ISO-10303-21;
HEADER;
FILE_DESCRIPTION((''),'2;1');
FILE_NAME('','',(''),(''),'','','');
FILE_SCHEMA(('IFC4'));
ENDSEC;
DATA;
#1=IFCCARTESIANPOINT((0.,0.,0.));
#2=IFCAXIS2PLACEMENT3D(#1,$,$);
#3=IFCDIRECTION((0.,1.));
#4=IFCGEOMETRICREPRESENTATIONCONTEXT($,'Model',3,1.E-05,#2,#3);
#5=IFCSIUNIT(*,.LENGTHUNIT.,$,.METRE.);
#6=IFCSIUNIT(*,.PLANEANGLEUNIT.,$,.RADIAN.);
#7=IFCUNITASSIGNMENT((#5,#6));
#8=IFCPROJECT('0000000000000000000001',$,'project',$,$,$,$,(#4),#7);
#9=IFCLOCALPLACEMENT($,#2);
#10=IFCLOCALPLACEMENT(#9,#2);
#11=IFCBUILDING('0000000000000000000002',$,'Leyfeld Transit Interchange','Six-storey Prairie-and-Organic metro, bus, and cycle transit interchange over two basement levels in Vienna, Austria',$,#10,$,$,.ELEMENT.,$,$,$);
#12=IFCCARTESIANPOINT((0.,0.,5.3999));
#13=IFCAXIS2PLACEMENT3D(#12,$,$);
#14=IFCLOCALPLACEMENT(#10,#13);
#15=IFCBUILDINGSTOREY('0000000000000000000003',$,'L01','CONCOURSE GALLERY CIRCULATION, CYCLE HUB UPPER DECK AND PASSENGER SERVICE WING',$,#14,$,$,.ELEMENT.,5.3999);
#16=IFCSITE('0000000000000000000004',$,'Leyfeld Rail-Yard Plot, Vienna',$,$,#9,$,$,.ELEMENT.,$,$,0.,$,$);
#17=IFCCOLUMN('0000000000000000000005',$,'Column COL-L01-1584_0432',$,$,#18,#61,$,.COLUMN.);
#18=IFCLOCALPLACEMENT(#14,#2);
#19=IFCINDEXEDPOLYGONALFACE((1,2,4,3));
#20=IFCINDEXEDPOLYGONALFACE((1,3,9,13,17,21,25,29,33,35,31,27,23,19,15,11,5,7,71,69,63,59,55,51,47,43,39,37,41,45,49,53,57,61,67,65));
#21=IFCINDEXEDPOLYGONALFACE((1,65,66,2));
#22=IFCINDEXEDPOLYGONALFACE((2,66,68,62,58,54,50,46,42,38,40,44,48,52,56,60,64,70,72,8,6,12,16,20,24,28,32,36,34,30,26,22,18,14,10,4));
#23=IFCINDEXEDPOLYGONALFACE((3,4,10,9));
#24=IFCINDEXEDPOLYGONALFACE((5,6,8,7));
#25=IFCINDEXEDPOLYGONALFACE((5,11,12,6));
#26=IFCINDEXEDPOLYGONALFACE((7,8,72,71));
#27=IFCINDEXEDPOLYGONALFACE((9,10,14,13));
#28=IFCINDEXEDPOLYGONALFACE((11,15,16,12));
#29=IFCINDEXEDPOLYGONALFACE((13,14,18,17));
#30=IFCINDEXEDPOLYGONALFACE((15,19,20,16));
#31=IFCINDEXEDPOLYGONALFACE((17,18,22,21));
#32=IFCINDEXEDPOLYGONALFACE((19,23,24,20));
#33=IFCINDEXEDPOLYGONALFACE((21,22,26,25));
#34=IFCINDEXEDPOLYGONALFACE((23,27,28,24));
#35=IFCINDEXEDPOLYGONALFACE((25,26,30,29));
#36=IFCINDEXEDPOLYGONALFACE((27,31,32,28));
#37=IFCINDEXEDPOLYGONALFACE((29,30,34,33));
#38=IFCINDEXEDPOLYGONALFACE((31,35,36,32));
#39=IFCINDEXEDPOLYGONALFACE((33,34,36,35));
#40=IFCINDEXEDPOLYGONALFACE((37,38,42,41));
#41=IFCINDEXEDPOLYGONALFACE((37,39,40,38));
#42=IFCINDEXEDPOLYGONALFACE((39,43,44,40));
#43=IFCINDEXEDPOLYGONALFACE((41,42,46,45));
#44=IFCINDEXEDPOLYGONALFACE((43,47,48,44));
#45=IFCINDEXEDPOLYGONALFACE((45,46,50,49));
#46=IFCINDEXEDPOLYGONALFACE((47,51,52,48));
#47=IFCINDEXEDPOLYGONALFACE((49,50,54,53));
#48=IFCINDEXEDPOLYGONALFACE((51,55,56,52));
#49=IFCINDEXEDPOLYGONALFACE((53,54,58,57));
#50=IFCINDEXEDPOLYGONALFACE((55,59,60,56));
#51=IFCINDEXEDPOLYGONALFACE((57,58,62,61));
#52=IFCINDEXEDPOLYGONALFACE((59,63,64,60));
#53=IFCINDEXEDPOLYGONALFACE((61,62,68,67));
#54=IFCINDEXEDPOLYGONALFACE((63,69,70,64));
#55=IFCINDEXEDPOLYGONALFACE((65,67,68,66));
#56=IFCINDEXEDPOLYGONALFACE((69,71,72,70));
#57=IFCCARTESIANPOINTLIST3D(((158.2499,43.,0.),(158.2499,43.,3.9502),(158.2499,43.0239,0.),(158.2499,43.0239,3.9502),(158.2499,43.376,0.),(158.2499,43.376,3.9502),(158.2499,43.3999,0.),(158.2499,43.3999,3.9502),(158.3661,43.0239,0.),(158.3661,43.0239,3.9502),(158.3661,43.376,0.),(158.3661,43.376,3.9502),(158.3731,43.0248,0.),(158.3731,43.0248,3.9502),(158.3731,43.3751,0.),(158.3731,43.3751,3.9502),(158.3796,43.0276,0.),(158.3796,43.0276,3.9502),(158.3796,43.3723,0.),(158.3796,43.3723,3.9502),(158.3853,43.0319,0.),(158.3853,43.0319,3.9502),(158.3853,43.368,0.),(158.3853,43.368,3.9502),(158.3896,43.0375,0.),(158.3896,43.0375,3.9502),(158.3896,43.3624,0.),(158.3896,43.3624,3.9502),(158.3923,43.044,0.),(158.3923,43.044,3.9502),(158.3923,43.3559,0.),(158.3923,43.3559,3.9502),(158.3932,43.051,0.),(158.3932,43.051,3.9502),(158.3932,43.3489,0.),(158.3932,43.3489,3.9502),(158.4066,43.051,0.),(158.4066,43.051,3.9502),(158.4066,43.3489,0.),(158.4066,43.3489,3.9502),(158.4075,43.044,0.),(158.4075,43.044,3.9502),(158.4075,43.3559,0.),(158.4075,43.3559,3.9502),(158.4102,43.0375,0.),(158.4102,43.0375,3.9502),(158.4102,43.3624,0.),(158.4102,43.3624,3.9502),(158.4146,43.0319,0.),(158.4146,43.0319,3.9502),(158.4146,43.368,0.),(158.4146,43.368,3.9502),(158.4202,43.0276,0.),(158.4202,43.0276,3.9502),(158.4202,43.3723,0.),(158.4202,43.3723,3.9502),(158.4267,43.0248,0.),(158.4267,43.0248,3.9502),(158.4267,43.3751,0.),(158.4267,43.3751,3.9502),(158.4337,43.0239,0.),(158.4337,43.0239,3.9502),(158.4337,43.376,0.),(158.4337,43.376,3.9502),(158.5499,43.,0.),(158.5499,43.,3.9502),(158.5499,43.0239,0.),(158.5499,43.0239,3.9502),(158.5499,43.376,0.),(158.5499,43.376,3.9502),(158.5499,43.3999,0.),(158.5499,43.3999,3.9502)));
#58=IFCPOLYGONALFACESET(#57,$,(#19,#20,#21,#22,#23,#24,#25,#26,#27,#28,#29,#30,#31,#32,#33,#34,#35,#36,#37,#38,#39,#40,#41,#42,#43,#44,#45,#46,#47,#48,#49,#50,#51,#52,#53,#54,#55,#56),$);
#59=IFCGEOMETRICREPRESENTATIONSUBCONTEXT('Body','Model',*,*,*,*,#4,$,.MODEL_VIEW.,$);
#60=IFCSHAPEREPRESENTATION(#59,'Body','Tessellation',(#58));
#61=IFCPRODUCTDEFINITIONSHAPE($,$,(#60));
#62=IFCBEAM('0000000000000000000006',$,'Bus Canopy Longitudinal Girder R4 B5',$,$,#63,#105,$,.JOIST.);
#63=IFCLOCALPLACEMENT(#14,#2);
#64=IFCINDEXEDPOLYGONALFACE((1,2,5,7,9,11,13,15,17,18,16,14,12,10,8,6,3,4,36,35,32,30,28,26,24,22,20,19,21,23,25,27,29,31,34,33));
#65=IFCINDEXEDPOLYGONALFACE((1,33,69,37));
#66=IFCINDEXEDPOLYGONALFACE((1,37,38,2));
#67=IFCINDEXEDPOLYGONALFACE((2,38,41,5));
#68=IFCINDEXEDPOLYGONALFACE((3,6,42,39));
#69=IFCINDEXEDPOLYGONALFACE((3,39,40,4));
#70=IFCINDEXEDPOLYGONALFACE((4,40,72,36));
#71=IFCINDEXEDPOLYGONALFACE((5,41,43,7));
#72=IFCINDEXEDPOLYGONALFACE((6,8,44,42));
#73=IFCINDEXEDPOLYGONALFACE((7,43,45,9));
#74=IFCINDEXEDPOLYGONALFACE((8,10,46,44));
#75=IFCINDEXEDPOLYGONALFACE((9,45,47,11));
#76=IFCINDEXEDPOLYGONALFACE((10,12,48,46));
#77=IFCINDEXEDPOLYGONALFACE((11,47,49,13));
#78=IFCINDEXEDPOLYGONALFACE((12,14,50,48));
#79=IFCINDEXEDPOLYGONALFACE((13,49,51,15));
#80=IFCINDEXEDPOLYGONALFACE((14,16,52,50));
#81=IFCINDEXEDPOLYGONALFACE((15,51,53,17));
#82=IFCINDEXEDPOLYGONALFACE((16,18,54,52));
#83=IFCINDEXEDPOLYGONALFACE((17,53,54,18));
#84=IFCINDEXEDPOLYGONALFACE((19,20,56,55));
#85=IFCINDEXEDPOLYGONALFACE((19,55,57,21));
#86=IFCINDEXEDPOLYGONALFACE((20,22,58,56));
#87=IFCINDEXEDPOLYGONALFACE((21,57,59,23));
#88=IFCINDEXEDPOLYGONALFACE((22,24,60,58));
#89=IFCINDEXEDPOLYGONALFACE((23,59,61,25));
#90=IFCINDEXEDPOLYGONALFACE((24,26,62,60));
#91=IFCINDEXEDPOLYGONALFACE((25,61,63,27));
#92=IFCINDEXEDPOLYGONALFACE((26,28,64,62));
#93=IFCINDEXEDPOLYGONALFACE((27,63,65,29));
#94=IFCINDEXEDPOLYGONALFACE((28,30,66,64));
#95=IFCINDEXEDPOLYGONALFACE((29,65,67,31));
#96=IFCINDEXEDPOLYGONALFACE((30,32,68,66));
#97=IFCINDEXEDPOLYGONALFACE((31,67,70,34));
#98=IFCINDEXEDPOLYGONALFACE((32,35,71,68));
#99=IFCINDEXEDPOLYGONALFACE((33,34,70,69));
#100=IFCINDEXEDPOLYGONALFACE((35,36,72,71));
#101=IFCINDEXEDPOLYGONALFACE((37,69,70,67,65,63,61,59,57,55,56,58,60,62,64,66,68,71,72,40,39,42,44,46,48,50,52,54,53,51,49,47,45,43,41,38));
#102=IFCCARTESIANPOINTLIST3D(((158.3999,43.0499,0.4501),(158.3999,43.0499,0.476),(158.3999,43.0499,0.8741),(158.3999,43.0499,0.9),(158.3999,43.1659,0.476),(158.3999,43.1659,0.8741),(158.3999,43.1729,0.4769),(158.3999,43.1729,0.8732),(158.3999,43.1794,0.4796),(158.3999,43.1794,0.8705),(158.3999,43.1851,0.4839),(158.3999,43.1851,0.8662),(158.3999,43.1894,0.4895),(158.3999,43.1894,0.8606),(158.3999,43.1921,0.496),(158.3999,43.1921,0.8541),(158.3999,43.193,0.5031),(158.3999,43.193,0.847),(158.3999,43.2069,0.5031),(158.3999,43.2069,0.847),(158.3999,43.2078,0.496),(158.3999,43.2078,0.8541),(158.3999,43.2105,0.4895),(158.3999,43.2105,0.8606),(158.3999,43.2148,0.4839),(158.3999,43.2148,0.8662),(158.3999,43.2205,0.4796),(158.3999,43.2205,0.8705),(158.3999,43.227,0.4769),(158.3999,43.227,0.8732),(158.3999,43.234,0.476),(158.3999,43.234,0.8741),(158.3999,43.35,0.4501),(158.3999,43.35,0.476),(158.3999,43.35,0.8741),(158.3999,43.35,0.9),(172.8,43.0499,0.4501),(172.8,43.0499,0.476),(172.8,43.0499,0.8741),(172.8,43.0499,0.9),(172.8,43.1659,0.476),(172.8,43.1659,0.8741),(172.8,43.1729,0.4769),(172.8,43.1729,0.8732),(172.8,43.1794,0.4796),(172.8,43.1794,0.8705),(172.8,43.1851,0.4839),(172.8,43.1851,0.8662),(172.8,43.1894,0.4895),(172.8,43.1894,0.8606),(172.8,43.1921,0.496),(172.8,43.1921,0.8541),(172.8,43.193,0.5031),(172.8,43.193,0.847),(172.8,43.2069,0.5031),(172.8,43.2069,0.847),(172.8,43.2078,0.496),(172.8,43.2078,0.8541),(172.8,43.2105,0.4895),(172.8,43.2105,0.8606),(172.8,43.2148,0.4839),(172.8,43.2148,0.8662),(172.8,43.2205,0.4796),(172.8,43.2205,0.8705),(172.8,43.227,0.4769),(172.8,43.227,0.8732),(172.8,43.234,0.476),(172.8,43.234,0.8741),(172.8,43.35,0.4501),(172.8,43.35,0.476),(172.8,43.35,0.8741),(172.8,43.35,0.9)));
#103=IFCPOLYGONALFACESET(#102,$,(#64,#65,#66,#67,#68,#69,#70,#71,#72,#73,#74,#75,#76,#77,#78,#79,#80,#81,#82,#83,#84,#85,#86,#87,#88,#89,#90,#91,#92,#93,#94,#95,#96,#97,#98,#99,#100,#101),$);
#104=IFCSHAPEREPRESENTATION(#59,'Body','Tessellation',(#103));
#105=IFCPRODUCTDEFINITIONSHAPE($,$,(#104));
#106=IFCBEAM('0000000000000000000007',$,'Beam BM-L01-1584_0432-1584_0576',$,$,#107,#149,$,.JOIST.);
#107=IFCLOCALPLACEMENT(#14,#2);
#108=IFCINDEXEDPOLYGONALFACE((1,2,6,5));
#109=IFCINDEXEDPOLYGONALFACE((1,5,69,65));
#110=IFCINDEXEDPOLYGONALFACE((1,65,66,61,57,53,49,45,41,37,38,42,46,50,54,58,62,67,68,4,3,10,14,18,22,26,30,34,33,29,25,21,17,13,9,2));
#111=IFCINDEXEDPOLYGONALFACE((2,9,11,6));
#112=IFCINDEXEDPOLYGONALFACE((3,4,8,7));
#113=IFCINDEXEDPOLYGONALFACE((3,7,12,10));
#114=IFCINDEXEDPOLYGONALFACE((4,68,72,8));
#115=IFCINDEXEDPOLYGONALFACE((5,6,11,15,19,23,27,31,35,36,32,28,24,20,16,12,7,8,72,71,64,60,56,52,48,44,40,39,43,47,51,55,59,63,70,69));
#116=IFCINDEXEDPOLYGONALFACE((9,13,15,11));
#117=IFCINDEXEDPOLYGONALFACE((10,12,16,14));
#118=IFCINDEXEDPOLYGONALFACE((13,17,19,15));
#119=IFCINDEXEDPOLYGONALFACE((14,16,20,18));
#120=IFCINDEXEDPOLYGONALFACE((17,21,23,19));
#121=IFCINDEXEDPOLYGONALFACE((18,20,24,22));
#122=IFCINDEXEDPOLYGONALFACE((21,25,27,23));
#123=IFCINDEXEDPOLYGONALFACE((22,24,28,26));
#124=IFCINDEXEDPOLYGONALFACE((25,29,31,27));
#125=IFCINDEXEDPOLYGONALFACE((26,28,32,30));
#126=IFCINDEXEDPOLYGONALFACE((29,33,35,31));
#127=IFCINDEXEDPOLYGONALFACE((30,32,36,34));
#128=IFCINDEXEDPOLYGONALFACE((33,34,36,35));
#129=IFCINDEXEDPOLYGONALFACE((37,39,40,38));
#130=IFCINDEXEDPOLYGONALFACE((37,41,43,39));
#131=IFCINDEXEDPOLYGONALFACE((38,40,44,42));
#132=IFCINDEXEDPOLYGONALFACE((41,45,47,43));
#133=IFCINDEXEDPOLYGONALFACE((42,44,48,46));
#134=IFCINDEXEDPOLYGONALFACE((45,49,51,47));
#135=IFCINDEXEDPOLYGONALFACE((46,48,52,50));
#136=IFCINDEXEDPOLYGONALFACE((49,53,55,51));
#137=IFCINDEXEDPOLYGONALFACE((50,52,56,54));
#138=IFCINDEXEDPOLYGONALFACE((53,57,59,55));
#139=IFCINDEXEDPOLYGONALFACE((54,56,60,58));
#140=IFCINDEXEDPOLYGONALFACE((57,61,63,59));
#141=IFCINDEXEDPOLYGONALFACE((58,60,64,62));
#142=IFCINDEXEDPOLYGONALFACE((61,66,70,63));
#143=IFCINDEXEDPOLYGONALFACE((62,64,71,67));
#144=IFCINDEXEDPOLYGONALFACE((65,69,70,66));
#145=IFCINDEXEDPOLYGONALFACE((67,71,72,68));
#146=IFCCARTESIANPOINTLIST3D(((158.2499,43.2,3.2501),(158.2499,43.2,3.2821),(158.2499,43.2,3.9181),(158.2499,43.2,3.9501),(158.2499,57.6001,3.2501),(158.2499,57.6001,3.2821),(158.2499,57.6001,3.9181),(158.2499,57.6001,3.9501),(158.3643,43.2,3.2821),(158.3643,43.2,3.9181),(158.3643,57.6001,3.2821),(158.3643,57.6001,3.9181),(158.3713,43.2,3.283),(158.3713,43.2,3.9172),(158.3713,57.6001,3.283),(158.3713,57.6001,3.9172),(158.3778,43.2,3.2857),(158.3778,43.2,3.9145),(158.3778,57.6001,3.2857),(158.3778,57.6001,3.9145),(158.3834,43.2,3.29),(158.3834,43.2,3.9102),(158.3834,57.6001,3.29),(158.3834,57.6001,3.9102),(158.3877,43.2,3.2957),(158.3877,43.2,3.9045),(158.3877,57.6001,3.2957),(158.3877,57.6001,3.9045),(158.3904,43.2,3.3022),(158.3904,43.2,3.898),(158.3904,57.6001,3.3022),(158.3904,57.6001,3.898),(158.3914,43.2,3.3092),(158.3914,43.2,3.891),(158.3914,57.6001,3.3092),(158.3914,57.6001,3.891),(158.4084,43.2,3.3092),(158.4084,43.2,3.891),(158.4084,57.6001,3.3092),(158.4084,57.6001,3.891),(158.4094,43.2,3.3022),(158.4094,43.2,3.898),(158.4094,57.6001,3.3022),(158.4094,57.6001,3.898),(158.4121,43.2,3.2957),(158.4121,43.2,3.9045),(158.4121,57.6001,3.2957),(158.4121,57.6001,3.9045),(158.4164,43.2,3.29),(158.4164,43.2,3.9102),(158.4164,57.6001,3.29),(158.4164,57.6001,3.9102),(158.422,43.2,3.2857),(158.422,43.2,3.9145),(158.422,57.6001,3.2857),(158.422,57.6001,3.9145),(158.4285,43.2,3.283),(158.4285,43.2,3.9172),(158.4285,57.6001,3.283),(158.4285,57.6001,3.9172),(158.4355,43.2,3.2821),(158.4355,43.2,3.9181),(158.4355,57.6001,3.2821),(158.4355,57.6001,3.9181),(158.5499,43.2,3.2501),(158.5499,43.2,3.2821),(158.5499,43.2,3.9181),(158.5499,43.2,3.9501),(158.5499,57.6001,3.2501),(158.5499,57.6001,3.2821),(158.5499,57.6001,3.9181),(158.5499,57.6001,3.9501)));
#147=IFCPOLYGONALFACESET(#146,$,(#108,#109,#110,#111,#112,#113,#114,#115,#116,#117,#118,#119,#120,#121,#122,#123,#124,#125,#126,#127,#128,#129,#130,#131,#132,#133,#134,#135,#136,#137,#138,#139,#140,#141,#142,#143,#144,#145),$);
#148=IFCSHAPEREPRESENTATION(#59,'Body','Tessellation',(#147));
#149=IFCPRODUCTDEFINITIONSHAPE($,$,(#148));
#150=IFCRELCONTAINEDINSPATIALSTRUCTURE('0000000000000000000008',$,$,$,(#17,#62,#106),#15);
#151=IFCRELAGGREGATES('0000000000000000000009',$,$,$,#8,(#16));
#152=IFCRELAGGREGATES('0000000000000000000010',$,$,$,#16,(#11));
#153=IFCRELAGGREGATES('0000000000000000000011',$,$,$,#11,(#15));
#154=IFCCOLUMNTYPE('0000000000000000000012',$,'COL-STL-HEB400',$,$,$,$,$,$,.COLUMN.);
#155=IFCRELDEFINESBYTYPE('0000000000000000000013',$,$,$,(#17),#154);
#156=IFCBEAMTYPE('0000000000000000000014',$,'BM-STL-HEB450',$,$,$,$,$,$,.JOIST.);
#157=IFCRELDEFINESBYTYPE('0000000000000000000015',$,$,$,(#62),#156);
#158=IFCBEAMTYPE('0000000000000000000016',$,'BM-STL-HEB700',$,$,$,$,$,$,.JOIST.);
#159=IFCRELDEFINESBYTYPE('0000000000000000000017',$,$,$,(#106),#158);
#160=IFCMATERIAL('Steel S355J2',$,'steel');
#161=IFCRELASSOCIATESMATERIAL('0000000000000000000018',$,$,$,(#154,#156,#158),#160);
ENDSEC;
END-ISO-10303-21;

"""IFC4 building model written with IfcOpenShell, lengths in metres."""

from ifc_helpers import new_model, si_unit, direction, frame, origin, origin_2d, place, context, subcontext, project, spatial, i_section, extrude, material, material_profile, profile_set, type_object, element, save


model = new_model("IFC4")

# Units and contexts
model_context = context("Model", 3, precision=1e-05, world=origin(), true_north=direction((0.0, 1.0)))
body_context = subcontext(model_context, "Body", "Model", "MODEL_VIEW")
ifc_project = project(units=[si_unit("LENGTHUNIT", "METRE"), si_unit("PLANEANGLEUNIT", "RADIAN")], contexts=[model_context])

# Site, building, storey
site_placement = place(None, origin())
site = spatial("IfcSite", under=ifc_project, at=site_placement, Name="Leyfeld Rail-Yard Plot, Vienna", CompositionType="ELEMENT", RefElevation=0.0)
building_placement = place(site_placement, origin())
building = spatial("IfcBuilding", under=site, at=building_placement, Name="Leyfeld Transit Interchange", Description="Six-storey Prairie-and-Organic metro, bus, and cycle transit interchange over two basement levels in Vienna, Austria", CompositionType="ELEMENT")
storey_placement = place(building_placement, frame((0.0, 0.0, 5.3999)))
storey = spatial("IfcBuildingStorey", under=building, at=storey_placement, Name="L01", Description="CONCOURSE GALLERY CIRCULATION, CYCLE HUB UPPER DECK AND PASSENGER SERVICE WING", CompositionType="ELEMENT", Elevation=5.3999)

# Column
ifc_material_1 = material(Name="Steel S355J2", Category="steel")
ifc_material_profile_1 = material_profile(ifc_material_1, i_section(OverallWidth=0.3, OverallDepth=0.3999, WebThickness=0.0134, FlangeThickness=0.0239, FilletRadius=0.0271, at=origin_2d()), Name="HEB 400")
ifc_profile_set_1 = profile_set([ifc_material_profile_1], Name="Steel S355J2")
column_type = type_object("IfcColumnType", Name="COL-STL-HEB400", PredefinedType="COLUMN", material=ifc_profile_set_1)
column_placement = place(storey_placement, frame((158.3999, 43.2, 0.0), z_axis=(0.0, 0.0, 1.0), x_axis=(1.0, 0.0, 0.0)))
element("IfcColumn", 1, at=column_placement, inside=storey, type_object=column_type, Name="Column COL-L01-1584_0432", PredefinedType="COLUMN", context=body_context, shape_type="SweptSolid", body=[
    extrude(i_section(OverallWidth=0.3, OverallDepth=0.3999, WebThickness=0.0134, FlangeThickness=0.0239, FilletRadius=0.0271, at=origin_2d()), origin(), (0.0, 0.0, 1.0), 3.9502),
])

# Beams
ifc_material_profile_2 = material_profile(ifc_material_1, i_section(OverallWidth=0.3, OverallDepth=0.45, WebThickness=0.0139, FlangeThickness=0.0259, FilletRadius=0.0271, at=origin_2d()), Name="HEB 450")
ifc_profile_set_2 = profile_set([ifc_material_profile_2], Name="Steel S355J2")
beam_type_1 = type_object("IfcBeamType", Name="BM-STL-HEB450", PredefinedType="JOIST", material=ifc_profile_set_2)
beam_1_placement = place(storey_placement, frame((158.3999, 43.2, 0.675), z_axis=(1.0, 0.0, 0.0), x_axis=(0.0, 1.0, 0.0)))
element("IfcBeam", 2, at=beam_1_placement, inside=storey, type_object=beam_type_1, Name="Bus Canopy Longitudinal Girder R4 B5", PredefinedType="JOIST", context=body_context, shape_type="SweptSolid", body=[
    extrude(i_section(OverallWidth=0.3, OverallDepth=0.45, WebThickness=0.0139, FlangeThickness=0.0259, FilletRadius=0.0271, at=origin_2d()), origin(), (0.0, 0.0, 1.0), 14.4001),
])
ifc_material_profile_3 = material_profile(ifc_material_1, i_section(OverallWidth=0.3, OverallDepth=0.7, WebThickness=0.0171, FlangeThickness=0.032, FilletRadius=0.0271, at=origin_2d()), Name="HEB 700")
ifc_profile_set_3 = profile_set([ifc_material_profile_3], Name="Steel S355J2")
beam_type_2 = type_object("IfcBeamType", Name="BM-STL-HEB700", PredefinedType="JOIST", material=ifc_profile_set_3)
beam_2_placement = place(storey_placement, frame((158.3999, 43.2, 3.6001), z_axis=(0.0, 1.0, 0.0), x_axis=(-1.0, 0.0, 0.0)))
element("IfcBeam", 3, at=beam_2_placement, inside=storey, type_object=beam_type_2, Name="Beam BM-L01-1584_0432-1584_0576", PredefinedType="JOIST", context=body_context, shape_type="SweptSolid", body=[
    extrude(i_section(OverallWidth=0.3, OverallDepth=0.7, WebThickness=0.0171, FlangeThickness=0.032, FilletRadius=0.0271, at=origin_2d()), origin(), (0.0, 0.0, 1.0), 14.4001),
])

save(model, "model.ifc")
